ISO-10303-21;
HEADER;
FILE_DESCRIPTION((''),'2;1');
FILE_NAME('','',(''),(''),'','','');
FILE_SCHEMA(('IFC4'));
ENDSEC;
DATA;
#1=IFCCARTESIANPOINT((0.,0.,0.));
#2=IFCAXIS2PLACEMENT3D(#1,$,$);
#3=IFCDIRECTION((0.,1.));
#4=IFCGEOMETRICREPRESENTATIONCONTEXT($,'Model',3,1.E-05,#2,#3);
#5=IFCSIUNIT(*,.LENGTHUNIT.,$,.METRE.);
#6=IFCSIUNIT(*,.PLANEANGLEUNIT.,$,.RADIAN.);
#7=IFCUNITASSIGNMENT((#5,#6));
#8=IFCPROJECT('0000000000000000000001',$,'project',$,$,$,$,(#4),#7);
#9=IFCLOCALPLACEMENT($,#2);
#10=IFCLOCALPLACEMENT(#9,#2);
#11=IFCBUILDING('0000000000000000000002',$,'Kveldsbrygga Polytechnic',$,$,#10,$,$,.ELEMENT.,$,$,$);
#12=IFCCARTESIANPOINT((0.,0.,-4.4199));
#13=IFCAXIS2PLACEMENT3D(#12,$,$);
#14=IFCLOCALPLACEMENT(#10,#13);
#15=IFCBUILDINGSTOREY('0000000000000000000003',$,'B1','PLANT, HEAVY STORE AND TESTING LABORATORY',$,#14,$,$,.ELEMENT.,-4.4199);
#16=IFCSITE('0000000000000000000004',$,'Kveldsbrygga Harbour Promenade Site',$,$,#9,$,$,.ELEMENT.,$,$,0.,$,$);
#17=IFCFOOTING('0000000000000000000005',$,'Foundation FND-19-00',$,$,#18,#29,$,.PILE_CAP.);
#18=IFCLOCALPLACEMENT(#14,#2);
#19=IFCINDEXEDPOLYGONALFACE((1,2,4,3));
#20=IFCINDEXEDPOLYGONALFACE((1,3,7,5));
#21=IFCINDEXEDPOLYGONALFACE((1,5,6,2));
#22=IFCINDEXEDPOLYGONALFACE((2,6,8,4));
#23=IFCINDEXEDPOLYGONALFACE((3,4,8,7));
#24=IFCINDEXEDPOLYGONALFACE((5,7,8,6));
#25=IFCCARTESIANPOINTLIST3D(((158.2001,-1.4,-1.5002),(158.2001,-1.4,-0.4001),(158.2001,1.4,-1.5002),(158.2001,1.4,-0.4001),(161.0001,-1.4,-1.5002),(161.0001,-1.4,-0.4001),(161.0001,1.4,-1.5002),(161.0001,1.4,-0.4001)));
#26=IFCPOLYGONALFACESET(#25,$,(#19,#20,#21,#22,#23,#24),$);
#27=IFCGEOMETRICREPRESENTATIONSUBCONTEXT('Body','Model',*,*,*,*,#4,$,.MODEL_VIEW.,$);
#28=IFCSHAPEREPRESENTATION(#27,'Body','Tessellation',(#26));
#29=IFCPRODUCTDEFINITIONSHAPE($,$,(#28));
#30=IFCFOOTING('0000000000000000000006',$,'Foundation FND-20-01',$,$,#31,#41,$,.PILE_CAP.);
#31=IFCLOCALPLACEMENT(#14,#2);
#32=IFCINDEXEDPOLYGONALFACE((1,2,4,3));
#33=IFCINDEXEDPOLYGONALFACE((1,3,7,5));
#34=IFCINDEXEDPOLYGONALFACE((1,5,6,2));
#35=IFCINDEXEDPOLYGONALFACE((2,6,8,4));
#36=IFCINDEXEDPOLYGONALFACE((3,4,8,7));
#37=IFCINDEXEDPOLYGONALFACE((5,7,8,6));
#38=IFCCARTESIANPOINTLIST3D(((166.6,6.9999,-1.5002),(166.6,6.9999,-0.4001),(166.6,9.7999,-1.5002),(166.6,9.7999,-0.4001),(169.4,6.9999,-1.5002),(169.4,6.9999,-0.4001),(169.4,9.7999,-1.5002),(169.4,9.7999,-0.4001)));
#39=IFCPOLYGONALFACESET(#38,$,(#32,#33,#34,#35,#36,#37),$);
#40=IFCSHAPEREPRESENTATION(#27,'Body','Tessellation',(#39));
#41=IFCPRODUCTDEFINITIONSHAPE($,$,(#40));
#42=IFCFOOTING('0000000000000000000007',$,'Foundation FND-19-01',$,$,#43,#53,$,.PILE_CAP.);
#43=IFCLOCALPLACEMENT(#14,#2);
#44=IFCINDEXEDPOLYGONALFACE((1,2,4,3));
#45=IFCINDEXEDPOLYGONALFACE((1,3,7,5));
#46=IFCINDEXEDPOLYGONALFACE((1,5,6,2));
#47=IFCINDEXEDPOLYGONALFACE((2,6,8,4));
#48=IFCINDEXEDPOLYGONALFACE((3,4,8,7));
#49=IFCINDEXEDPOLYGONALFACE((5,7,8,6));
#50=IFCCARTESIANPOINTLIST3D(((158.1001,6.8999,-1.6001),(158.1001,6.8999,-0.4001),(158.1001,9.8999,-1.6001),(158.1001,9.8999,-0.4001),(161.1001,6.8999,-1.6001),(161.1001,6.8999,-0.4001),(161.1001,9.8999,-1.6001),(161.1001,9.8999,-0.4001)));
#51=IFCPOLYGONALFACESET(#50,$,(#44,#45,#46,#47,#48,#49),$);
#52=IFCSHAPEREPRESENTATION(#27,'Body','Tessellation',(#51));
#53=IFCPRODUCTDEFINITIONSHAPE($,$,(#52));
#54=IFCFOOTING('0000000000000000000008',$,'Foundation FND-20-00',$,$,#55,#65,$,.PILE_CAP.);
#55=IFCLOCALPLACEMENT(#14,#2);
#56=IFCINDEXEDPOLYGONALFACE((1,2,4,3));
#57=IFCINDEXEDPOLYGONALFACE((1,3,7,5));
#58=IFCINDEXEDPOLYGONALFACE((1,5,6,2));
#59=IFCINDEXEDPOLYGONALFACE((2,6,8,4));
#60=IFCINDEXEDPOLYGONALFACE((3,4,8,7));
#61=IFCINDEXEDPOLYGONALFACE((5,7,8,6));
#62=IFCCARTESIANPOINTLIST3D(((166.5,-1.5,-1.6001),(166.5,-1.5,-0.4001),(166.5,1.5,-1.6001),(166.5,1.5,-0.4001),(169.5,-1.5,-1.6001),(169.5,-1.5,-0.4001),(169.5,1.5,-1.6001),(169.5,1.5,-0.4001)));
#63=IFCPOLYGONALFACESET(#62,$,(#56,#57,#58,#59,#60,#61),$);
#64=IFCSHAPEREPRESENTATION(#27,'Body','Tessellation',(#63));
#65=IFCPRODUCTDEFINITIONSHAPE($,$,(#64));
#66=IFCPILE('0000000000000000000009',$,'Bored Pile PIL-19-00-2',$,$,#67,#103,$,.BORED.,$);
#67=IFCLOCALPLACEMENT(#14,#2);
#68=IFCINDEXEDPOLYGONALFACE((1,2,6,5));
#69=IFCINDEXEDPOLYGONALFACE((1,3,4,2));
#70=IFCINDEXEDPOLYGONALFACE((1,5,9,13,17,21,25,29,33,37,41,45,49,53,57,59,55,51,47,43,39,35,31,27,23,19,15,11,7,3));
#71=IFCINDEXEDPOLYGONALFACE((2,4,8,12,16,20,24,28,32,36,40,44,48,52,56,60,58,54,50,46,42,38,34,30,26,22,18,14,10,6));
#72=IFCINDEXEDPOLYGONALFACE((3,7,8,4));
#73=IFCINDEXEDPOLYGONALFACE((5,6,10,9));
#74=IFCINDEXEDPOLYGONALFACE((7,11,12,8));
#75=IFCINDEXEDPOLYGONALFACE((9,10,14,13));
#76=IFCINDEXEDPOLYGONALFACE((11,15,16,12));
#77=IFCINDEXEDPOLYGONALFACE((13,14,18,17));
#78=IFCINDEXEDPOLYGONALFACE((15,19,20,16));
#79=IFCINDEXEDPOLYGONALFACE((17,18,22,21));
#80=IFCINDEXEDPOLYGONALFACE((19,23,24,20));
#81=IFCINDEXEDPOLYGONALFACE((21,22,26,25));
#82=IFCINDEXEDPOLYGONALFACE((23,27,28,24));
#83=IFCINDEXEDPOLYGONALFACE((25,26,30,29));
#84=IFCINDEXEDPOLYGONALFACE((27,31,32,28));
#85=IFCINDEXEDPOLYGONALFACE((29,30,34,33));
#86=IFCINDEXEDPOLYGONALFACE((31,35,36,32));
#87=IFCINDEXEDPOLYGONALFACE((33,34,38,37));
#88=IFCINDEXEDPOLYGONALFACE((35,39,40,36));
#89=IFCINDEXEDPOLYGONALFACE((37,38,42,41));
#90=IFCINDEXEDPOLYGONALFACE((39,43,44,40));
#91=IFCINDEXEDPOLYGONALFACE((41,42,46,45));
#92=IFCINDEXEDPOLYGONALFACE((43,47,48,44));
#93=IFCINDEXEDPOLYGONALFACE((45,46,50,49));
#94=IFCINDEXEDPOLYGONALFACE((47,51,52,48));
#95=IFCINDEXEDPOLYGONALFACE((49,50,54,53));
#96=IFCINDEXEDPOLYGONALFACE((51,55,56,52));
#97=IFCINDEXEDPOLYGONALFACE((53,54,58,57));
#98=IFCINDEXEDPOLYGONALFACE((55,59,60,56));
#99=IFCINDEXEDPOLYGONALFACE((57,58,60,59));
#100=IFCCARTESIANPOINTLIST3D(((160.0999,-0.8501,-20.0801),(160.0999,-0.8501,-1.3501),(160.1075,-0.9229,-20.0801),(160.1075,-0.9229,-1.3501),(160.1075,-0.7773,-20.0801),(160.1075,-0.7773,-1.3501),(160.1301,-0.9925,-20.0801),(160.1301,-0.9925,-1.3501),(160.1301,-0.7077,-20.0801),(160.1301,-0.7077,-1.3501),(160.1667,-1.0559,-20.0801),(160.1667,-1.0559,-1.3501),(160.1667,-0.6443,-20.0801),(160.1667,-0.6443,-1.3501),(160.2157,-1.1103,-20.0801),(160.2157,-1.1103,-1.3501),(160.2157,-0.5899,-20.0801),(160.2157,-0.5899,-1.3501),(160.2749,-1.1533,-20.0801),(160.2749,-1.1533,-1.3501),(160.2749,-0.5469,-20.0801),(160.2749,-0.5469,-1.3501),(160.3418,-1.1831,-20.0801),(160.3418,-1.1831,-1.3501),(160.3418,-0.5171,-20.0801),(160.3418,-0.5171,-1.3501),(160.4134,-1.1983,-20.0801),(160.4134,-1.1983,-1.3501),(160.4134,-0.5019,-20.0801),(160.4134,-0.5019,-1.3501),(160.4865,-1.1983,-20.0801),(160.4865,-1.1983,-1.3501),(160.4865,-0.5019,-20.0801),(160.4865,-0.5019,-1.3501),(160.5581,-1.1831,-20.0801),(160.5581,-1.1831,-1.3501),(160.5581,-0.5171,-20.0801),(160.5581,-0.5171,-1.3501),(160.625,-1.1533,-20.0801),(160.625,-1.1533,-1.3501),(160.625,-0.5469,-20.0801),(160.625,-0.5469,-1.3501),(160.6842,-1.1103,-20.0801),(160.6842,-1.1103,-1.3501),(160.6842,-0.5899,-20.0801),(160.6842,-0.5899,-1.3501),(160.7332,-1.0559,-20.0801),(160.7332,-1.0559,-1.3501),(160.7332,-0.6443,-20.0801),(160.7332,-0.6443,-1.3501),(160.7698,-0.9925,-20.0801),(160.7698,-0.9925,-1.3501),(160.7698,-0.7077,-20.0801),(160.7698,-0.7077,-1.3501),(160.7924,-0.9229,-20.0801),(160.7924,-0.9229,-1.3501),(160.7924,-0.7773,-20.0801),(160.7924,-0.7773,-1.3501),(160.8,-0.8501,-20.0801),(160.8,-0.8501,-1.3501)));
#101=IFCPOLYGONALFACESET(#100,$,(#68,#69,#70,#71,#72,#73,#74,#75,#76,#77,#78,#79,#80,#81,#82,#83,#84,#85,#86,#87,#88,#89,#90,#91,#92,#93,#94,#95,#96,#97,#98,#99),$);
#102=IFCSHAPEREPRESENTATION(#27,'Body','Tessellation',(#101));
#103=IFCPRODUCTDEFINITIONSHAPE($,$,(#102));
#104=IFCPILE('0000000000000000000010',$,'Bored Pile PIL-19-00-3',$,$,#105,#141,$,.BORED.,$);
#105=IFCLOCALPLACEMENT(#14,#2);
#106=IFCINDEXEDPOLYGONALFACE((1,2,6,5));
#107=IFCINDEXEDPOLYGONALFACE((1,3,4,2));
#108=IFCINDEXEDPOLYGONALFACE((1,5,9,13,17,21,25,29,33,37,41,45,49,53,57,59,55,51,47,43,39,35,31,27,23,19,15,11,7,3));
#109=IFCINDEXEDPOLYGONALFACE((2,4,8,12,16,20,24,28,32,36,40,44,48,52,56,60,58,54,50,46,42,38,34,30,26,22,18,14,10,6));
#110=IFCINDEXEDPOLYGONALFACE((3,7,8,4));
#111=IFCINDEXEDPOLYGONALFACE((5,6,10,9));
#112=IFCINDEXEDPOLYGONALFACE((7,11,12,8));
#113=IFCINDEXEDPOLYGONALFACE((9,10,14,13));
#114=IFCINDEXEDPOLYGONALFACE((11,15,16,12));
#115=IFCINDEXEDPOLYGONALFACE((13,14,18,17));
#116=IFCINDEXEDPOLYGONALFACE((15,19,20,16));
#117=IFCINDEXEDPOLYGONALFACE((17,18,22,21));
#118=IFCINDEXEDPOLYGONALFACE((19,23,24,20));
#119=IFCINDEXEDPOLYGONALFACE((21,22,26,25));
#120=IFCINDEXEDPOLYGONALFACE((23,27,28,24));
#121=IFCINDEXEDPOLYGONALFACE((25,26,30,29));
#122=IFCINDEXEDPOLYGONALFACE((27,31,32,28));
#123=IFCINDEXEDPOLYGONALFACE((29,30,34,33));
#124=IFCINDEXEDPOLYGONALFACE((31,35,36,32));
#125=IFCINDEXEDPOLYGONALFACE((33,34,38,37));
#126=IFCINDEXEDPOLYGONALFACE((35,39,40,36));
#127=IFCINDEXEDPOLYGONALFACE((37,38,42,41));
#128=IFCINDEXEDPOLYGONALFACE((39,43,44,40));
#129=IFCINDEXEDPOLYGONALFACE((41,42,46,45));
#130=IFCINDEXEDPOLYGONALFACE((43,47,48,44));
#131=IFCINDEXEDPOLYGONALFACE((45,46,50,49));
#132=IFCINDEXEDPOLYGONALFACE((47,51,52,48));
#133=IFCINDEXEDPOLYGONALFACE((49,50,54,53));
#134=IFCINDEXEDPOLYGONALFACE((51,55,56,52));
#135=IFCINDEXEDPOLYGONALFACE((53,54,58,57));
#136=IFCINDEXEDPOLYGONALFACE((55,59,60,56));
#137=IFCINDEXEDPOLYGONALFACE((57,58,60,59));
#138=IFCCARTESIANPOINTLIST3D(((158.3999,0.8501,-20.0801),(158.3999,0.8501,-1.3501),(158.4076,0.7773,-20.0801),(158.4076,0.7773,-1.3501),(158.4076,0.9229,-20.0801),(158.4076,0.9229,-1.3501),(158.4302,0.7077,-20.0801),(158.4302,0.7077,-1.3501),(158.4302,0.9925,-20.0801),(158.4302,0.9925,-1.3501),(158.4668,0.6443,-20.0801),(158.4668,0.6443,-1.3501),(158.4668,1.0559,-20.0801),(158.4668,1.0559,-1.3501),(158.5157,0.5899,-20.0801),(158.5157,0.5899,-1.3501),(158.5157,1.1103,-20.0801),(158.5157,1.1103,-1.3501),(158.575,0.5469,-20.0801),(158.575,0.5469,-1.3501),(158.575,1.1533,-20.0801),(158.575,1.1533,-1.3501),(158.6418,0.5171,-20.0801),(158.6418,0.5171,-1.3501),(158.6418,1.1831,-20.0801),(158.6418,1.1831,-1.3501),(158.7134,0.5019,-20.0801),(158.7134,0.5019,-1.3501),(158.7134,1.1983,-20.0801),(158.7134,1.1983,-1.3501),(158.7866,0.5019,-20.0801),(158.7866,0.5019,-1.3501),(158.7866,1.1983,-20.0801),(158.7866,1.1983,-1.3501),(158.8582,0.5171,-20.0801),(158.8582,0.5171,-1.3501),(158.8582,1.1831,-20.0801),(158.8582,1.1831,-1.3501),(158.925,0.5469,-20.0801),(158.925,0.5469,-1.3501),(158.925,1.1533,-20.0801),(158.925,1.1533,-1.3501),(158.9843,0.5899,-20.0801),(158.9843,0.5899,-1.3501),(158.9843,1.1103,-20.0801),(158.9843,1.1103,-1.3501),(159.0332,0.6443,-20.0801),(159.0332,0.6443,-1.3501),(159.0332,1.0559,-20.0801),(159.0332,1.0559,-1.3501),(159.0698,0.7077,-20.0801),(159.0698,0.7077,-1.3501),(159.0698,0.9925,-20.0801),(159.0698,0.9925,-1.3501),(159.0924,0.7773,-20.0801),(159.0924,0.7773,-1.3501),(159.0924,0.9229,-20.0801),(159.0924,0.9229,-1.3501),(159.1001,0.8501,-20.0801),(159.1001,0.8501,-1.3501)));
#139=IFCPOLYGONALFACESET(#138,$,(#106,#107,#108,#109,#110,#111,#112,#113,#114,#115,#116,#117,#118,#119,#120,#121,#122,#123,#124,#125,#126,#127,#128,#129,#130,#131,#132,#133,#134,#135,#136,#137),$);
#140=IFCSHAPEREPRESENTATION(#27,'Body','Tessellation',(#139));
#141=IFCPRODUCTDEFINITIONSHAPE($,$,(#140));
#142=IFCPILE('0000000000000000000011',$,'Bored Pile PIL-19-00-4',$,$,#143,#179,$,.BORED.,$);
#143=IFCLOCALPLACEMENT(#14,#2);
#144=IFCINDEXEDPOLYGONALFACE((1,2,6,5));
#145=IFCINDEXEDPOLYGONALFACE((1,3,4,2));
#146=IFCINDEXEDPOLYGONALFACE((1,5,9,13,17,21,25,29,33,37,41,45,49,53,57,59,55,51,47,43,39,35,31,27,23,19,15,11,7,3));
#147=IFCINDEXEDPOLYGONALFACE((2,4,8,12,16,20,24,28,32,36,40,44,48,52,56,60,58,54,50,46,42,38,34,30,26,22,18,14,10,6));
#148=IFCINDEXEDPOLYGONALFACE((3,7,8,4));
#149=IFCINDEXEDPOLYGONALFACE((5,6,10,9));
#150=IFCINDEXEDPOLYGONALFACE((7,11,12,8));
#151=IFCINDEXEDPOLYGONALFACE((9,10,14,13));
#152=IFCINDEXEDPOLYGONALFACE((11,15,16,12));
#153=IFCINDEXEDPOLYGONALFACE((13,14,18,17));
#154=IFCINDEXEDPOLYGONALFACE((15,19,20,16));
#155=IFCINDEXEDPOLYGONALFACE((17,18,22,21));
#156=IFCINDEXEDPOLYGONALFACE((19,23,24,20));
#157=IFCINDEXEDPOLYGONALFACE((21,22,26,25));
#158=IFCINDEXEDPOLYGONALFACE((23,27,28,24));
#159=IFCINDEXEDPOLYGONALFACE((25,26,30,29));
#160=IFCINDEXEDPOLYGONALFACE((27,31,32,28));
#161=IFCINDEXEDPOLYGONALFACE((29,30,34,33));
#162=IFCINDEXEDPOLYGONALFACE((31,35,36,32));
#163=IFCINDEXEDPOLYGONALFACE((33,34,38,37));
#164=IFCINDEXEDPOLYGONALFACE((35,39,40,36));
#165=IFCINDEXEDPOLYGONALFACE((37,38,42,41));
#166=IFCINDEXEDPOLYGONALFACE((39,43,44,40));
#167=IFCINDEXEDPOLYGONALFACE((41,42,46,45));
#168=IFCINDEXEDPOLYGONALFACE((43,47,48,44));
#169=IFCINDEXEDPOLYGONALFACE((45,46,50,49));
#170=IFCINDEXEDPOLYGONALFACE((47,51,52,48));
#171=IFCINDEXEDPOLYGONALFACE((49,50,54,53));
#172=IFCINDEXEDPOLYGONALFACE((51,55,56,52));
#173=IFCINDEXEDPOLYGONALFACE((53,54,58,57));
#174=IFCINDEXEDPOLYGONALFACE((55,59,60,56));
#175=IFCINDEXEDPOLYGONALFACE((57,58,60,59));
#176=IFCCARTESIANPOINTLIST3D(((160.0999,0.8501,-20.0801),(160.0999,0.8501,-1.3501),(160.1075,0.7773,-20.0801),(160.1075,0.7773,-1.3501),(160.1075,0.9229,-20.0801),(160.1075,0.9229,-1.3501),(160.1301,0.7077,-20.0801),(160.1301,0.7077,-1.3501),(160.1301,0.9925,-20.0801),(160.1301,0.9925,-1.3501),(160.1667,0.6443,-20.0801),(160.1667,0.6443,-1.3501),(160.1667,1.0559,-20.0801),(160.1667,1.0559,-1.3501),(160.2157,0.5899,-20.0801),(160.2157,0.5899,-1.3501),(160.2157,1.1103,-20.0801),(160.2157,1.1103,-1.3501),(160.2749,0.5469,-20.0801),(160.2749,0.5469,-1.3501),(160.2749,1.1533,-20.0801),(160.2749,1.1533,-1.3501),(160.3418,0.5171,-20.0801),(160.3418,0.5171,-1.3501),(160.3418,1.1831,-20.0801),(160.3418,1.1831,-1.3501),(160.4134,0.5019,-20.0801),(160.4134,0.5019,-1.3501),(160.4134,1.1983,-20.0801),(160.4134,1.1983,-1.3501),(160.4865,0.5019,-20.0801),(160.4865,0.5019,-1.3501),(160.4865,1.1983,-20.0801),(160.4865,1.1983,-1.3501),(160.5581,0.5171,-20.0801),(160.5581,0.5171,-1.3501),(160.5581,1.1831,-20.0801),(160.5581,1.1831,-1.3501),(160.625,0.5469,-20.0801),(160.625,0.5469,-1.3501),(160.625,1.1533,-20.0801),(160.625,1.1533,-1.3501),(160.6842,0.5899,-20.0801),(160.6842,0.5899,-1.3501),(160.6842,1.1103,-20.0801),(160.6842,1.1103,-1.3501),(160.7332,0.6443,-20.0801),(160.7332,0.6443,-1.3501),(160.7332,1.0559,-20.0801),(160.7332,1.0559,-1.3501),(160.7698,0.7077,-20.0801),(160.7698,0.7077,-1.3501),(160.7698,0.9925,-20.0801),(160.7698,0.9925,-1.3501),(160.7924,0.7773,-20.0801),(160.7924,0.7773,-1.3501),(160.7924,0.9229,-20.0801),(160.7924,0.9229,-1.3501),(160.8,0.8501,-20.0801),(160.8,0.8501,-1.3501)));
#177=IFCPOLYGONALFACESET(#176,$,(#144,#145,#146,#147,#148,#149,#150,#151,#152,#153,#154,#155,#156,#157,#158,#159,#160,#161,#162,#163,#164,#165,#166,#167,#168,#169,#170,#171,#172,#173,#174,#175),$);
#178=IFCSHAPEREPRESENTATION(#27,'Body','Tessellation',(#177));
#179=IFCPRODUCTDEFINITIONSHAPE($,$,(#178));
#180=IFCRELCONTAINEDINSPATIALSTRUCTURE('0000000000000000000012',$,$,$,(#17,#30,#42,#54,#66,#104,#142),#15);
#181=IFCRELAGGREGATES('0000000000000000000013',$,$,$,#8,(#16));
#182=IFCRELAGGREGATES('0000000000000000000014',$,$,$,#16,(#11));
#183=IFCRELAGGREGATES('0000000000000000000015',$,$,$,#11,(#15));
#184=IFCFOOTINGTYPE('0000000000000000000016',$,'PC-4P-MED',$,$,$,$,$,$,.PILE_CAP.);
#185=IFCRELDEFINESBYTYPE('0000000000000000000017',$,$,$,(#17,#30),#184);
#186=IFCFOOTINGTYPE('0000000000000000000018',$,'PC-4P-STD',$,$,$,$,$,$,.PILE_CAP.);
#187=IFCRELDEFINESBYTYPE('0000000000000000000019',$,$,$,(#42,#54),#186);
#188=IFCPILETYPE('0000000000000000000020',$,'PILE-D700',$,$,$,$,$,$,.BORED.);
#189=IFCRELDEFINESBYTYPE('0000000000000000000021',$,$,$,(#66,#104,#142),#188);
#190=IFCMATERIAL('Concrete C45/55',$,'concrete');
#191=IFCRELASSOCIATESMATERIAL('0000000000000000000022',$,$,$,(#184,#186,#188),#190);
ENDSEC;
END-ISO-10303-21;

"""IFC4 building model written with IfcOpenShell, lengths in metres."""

from ifc_helpers import new_model, si_unit, direction, frame, origin, origin_2d, place, context, subcontext, project, spatial, rectangle, circle, extrude, material, material_profile, profile_set, type_object, element, save


model = new_model("IFC4")

# Units and contexts
model_context = context("Model", 3, precision=1e-05, world=origin(), true_north=direction((0.0, 1.0)))
body_context = subcontext(model_context, "Body", "Model", "MODEL_VIEW")
ifc_project = project(units=[si_unit("LENGTHUNIT", "METRE"), si_unit("PLANEANGLEUNIT", "RADIAN")], contexts=[model_context])

# Site, building, storey
site_placement = place(None, origin())
site = spatial("IfcSite", under=ifc_project, at=site_placement, Name="Kveldsbrygga Harbour Promenade Site", CompositionType="ELEMENT", RefElevation=0.0)
building_placement = place(site_placement, origin())
building = spatial("IfcBuilding", under=site, at=building_placement, Name="Kveldsbrygga Polytechnic", CompositionType="ELEMENT")
storey_placement = place(building_placement, frame((0.0, 0.0, -4.4199)))
storey = spatial("IfcBuildingStorey", under=building, at=storey_placement, Name="B1", Description="PLANT, HEAVY STORE AND TESTING LABORATORY", CompositionType="ELEMENT", Elevation=-4.4199)

# Footings
ifc_material_1 = material(Name="Concrete C45/55", Category="concrete")
footing_type_1 = type_object("IfcFootingType", Name="PC-4P-MED", PredefinedType="PILE_CAP", material=ifc_material_1)
for number, where, z_axis, x_axis, name in (
    (1, (159.6001, 0.0, -1.5002), (0.0, 0.0, 1.0), (1.0, 0.0, 0.0), "Foundation FND-19-00"),
    (2, (168.0, 8.3999, -1.5002), (0.0, 0.0, 1.0), (1.0, 0.0, 0.0), "Foundation FND-20-01"),
):
    element("IfcFooting", number, at=place(storey_placement, frame(where, z_axis=z_axis, x_axis=x_axis)), inside=storey, type_object=footing_type_1, Name=name, PredefinedType="PILE_CAP", context=body_context, shape_type="SweptSolid", body=[
        extrude(rectangle(XDim=2.8, YDim=2.8, at=origin_2d()), origin(), (0.0, 0.0, 1.0), 1.1001),
    ])
footing_type_2 = type_object("IfcFootingType", Name="PC-4P-STD", PredefinedType="PILE_CAP", material=ifc_material_1)
for number, where, z_axis, x_axis, name in (
    (3, (159.6001, 8.3999, -1.6001), (0.0, 0.0, 1.0), (1.0, 0.0, 0.0), "Foundation FND-19-01"),
    (4, (168.0, 0.0, -1.6001), (0.0, 0.0, 1.0), (1.0, 0.0, 0.0), "Foundation FND-20-00"),
):
    element("IfcFooting", number, at=place(storey_placement, frame(where, z_axis=z_axis, x_axis=x_axis)), inside=storey, type_object=footing_type_2, Name=name, PredefinedType="PILE_CAP", context=body_context, shape_type="SweptSolid", body=[
        extrude(rectangle(XDim=3.0, YDim=3.0, at=origin_2d()), origin(), (0.0, 0.0, 1.0), 1.2),
    ])

# Piles
ifc_material_profile_1 = material_profile(ifc_material_1, circle(Radius=0.3501, at=origin_2d()), Name="PILE D700")
ifc_profile_set_1 = profile_set([ifc_material_profile_1], Name="Concrete C45/55")
pile_type_1 = type_object("IfcPileType", Name="PILE-D700", PredefinedType="BORED", material=ifc_profile_set_1)
for number, where, z_axis, x_axis, name in (
    (5, (160.45, -0.8501, -1.3501), (0.0, 0.0, -1.0), (1.0, 0.0, 0.0), "Bored Pile PIL-19-00-2"),
    (6, (158.75, 0.8501, -1.3501), (0.0, 0.0, -1.0), (1.0, 0.0, 0.0), "Bored Pile PIL-19-00-3"),
    (7, (160.45, 0.8501, -1.3501), (0.0, 0.0, -1.0), (1.0, 0.0, 0.0), "Bored Pile PIL-19-00-4"),
):
    element("IfcPile", number, at=place(storey_placement, frame(where, z_axis=z_axis, x_axis=x_axis)), inside=storey, type_object=pile_type_1, Name=name, PredefinedType="BORED", context=body_context, shape_type="SweptSolid", body=[
        extrude(circle(Radius=0.3501, at=origin_2d()), origin(), (0.0, 0.0, 1.0), 18.73),
    ])

save(model, "model.ifc")
